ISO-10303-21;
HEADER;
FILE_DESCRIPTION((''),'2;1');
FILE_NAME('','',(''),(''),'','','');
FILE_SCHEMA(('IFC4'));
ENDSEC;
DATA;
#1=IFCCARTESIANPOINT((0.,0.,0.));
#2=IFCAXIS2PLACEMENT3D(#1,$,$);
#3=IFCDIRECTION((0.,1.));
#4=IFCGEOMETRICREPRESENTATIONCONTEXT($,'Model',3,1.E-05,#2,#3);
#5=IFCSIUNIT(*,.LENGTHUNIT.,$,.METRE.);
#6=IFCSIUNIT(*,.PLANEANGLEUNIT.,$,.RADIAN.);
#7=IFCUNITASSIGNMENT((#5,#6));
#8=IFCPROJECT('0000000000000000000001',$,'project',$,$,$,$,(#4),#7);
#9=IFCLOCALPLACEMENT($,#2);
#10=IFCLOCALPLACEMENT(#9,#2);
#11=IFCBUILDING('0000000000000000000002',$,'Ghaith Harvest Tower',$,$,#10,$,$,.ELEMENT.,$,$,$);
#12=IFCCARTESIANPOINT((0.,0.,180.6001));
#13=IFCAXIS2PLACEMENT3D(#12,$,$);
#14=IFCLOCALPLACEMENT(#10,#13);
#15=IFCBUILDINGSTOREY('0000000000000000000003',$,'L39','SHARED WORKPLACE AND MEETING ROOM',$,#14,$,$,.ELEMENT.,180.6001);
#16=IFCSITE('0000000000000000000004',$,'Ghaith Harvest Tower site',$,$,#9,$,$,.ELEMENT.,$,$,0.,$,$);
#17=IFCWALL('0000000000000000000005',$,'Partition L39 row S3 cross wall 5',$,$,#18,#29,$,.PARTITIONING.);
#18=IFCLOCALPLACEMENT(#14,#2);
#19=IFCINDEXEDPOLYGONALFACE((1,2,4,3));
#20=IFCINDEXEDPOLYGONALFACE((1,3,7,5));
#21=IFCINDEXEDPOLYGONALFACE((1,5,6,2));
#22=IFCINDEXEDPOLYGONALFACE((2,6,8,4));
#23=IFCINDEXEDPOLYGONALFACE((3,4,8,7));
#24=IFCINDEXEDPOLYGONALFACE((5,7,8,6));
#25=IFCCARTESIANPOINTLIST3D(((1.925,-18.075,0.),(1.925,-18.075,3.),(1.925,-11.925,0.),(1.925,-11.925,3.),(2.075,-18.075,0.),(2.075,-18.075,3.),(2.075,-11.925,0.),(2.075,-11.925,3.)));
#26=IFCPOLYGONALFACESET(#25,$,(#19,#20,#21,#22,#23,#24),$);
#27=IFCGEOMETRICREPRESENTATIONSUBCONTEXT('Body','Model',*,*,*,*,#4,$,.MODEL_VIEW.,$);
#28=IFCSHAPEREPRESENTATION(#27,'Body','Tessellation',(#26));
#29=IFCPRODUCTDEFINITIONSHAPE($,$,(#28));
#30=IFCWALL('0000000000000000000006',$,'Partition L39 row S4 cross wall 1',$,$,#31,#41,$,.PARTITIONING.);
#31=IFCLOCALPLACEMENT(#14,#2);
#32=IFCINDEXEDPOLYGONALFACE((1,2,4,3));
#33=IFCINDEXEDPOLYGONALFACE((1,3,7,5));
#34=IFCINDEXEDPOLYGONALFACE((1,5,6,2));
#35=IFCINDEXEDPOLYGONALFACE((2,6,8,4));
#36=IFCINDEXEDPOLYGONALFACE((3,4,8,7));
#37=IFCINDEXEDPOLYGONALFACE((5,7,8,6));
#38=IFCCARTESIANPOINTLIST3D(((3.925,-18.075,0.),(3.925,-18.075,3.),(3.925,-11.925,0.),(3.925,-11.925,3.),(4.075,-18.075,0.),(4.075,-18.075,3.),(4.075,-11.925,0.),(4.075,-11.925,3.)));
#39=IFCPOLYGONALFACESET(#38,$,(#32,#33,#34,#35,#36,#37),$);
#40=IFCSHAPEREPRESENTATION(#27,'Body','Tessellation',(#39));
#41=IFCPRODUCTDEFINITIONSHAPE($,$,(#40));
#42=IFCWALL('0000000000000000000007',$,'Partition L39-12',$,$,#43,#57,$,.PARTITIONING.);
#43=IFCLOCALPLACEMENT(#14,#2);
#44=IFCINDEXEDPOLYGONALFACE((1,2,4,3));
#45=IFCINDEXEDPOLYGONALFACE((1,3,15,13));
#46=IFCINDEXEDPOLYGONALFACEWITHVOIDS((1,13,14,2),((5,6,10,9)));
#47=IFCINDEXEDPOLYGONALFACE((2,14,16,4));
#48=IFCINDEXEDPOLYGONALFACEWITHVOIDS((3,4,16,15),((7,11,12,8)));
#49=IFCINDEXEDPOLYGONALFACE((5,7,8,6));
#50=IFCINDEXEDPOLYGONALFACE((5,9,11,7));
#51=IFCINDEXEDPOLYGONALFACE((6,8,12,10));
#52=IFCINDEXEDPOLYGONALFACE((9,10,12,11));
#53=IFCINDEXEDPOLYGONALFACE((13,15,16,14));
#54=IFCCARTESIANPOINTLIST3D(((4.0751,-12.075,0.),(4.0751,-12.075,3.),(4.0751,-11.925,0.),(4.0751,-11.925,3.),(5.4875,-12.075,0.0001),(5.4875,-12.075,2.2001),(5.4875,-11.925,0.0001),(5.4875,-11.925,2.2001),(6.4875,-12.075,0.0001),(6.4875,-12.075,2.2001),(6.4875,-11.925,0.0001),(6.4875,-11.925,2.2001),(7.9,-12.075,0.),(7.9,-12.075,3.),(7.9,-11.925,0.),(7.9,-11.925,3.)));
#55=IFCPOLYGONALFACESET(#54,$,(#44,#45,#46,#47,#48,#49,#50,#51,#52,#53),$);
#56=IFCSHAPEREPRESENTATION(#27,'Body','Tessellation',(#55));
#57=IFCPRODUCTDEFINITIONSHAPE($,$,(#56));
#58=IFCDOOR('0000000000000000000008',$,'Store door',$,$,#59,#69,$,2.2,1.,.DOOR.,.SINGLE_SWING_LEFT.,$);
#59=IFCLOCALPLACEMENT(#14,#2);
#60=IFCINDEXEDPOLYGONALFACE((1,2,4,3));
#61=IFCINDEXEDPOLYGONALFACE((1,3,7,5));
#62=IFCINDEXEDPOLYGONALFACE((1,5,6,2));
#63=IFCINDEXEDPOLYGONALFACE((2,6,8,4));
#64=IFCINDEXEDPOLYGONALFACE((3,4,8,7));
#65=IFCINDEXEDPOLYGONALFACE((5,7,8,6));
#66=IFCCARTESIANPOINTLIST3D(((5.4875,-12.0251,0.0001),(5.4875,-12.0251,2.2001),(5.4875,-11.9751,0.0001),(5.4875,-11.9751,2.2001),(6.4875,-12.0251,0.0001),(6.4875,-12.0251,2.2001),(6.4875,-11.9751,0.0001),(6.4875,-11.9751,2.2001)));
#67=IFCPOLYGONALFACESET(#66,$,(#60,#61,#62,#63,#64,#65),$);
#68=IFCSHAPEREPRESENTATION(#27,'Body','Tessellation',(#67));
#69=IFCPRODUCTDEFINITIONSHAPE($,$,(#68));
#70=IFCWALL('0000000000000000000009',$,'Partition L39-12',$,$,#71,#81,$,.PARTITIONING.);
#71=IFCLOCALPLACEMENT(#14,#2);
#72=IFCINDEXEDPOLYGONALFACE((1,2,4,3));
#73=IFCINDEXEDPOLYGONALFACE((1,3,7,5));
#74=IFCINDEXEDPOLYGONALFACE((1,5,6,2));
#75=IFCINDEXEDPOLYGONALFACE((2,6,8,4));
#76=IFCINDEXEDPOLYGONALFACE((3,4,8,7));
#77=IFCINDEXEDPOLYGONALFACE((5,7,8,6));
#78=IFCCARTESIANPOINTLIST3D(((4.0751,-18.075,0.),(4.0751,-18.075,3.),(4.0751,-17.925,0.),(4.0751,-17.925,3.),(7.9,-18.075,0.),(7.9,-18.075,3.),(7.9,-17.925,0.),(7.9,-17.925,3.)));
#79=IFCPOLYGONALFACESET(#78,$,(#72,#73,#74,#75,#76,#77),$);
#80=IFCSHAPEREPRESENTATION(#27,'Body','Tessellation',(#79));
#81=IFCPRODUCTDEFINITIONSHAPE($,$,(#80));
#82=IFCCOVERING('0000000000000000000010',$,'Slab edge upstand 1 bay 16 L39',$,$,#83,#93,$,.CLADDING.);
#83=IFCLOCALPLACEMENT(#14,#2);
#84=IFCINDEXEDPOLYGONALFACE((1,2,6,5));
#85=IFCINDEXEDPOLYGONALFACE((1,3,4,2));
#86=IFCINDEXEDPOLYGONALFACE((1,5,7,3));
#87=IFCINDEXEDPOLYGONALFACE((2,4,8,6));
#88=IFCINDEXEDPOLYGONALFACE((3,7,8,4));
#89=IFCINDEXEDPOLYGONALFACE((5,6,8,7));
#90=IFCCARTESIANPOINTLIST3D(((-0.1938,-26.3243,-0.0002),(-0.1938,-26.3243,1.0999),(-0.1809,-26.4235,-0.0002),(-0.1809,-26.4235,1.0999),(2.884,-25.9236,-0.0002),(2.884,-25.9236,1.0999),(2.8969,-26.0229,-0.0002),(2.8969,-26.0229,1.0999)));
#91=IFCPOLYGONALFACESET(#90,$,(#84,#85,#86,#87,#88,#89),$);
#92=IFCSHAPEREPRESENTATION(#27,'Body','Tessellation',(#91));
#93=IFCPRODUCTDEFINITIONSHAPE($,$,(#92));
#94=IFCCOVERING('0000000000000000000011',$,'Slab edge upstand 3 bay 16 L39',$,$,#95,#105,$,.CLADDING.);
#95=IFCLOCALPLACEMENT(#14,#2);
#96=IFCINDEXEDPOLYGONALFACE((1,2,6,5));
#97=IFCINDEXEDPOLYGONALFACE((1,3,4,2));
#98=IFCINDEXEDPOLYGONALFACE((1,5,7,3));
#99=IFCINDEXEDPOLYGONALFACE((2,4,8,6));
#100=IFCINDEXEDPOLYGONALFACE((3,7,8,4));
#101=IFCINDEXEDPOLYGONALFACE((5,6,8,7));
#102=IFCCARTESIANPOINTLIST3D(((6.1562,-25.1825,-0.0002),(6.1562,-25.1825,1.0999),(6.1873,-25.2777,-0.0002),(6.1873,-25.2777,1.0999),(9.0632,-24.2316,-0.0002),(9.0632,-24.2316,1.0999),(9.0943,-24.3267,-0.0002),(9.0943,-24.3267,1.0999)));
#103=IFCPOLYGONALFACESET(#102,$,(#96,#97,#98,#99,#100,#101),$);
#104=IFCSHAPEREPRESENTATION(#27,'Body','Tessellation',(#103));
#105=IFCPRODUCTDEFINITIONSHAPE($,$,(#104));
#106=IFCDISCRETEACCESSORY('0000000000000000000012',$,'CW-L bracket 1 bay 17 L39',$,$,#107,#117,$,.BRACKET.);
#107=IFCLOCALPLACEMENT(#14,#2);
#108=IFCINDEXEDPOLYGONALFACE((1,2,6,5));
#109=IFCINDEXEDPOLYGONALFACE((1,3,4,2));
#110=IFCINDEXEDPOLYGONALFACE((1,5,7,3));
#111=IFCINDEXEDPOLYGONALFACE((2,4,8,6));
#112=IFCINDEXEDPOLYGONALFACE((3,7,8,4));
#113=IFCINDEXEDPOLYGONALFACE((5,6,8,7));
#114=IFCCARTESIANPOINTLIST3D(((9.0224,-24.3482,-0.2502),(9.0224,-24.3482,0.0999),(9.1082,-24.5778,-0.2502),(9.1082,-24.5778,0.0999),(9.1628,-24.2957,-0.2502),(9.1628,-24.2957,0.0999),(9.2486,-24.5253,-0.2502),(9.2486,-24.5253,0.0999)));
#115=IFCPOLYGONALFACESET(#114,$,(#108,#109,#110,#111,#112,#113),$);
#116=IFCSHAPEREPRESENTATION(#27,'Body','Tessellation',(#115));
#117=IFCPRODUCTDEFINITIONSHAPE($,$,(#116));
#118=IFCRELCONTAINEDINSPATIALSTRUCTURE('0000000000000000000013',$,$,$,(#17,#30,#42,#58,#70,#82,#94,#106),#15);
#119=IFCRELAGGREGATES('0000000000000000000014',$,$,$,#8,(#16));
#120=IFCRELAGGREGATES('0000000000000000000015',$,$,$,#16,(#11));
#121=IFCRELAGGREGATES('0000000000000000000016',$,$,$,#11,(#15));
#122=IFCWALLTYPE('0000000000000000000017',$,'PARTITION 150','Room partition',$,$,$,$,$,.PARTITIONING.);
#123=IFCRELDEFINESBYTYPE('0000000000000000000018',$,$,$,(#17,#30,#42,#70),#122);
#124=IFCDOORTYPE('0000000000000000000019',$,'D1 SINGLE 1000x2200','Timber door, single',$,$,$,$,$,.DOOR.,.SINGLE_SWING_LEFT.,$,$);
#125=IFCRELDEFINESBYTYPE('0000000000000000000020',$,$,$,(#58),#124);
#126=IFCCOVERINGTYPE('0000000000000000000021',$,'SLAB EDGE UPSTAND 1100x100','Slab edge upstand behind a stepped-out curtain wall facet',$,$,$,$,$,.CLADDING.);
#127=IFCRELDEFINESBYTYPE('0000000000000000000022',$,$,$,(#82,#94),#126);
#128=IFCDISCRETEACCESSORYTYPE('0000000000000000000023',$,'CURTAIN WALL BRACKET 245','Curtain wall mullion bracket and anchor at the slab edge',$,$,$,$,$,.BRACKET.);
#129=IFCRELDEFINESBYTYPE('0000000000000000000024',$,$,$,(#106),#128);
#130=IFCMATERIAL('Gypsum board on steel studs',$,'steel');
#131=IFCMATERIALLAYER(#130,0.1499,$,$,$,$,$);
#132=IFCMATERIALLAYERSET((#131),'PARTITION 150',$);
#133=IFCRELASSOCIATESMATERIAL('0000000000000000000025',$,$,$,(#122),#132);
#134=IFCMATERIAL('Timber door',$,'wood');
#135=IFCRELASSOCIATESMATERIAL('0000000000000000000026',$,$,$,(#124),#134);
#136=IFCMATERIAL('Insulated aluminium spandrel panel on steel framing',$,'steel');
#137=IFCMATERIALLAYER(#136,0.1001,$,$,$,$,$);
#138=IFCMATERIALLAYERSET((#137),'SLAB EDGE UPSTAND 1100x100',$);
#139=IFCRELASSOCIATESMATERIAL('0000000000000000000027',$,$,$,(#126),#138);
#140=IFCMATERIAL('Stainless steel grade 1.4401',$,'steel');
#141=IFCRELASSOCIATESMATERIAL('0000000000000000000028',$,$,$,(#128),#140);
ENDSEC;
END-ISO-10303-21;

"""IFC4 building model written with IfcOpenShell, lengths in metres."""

from ifc_helpers import new_model, si_unit, direction, frame, frame_2d, origin, origin_2d, place, context, subcontext, project, spatial, rectangle, extrude, material, layer, layer_set, type_object, element, fill, save


model = new_model("IFC4")

# Units and contexts
model_context = context("Model", 3, precision=1e-05, world=origin(), true_north=direction((0.0, 1.0)))
body_context = subcontext(model_context, "Body", "Model", "MODEL_VIEW")
ifc_project = project(units=[si_unit("LENGTHUNIT", "METRE"), si_unit("PLANEANGLEUNIT", "RADIAN")], contexts=[model_context])

# Site, building, storey
site_placement = place(None, origin())
site = spatial("IfcSite", under=ifc_project, at=site_placement, Name="Ghaith Harvest Tower site", CompositionType="ELEMENT", RefElevation=0.0)
building_placement = place(site_placement, origin())
building = spatial("IfcBuilding", under=site, at=building_placement, Name="Ghaith Harvest Tower", CompositionType="ELEMENT")
storey_placement = place(building_placement, frame((0.0, 0.0, 180.6001)))
storey = spatial("IfcBuildingStorey", under=building, at=storey_placement, Name="L39", Description="SHARED WORKPLACE AND MEETING ROOM", CompositionType="ELEMENT", Elevation=180.6001)

# Walls
ifc_material_1 = material(Name="Gypsum board on steel studs", Category="steel")
ifc_layer_1 = layer(ifc_material_1, 0.1499)
ifc_layer_set_1 = layer_set([ifc_layer_1], Name="PARTITION 150")
wall_type_1 = type_object("IfcWallType", Name="PARTITION 150", Description="Room partition", PredefinedType="PARTITIONING", material=ifc_layer_set_1)
for number, where, z_axis, x_axis, name in (
    (1, (2.0, -11.925, 0.0), (0.0, 0.0, 1.0), (0.0, -1.0, 0.0), "Partition L39 row S3 cross wall 5"),
    (2, (4.0, -11.925, 0.0), (0.0, 0.0, 1.0), (0.0, -1.0, 0.0), "Partition L39 row S4 cross wall 1"),
):
    element("IfcWall", number, at=place(storey_placement, frame(where, z_axis=z_axis, x_axis=x_axis)), inside=storey, type_object=wall_type_1, Name=name, PredefinedType="PARTITIONING", context=body_context, shape_type="SweptSolid", body=[
        extrude(rectangle(XDim=6.1499, YDim=0.1499, at=frame_2d((3.075, 0.0))), origin(), (0.0, 0.0, 1.0), 3.0),
    ])

# Wall, opening, door
wall_1_placement = place(storey_placement, frame((4.075, -12.0, 0.0), z_axis=(0.0, 0.0, 1.0), x_axis=(1.0, 0.0, 0.0)))
wall_1 = element("IfcWall", 3, at=wall_1_placement, inside=storey, type_object=wall_type_1, Name="Partition L39-12", PredefinedType="PARTITIONING", context=body_context, shape_type="SweptSolid", body=[
    extrude(rectangle(XDim=3.825, YDim=0.1499, at=frame_2d((1.9126, 0.0))), origin(), (0.0, 0.0, 1.0), 3.0),
])
opening_1_placement = place(wall_1_placement, frame((1.4126, 0.0, 0.0)))
opening_1 = element("IfcOpeningElement", 4, at=opening_1_placement, cuts=wall_1, PredefinedType="OPENING", context=body_context, shape_type="SweptSolid", body=[
    extrude(rectangle(XDim=1.0, YDim=2.2, at=frame_2d((0.5, 1.1001))), frame((0.0, 0.085, 0.0), z_axis=(0.0, -1.0, 0.0), x_axis=(1.0, 0.0, 0.0)), (0.0, 0.0, 1.0), 0.1699),
])
ifc_material_2 = material(Name="Timber door", Category="wood")
door_type_1 = type_object("IfcDoorType", Name="D1 SINGLE 1000x2200", Description="Timber door, single", OperationType="SINGLE_SWING_LEFT", PredefinedType="DOOR", material=ifc_material_2)
door_1_placement = place(opening_1_placement, origin())
door_1 = element("IfcDoor", 5, at=door_1_placement, inside=storey, type_object=door_type_1, Name="Store door", OperationType="SINGLE_SWING_LEFT", OverallHeight=2.2, OverallWidth=1.0, PredefinedType="DOOR", context=body_context, shape_type="SweptSolid", body=[
    extrude(rectangle(XDim=1.0, YDim=2.2, at=frame_2d((0.5, 1.1001))), frame((0.0, 0.0249, 0.0), z_axis=(0.0, -1.0, 0.0), x_axis=(1.0, 0.0, 0.0)), (0.0, 0.0, 1.0), 0.05),
])
fill(opening_1, door_1)

# Wall
wall_2_placement = place(storey_placement, frame((4.075, -18.0, 0.0), z_axis=(0.0, 0.0, 1.0), x_axis=(1.0, 0.0, 0.0)))
element("IfcWall", 6, at=wall_2_placement, inside=storey, type_object=wall_type_1, Name="Partition L39-12", PredefinedType="PARTITIONING", context=body_context, shape_type="SweptSolid", body=[
    extrude(rectangle(XDim=3.825, YDim=0.1499, at=frame_2d((1.9126, 0.0))), origin(), (0.0, 0.0, 1.0), 3.0),
])

# Coverings
ifc_material_3 = material(Name="Insulated aluminium spandrel panel on steel framing", Category="steel")
ifc_layer_2 = layer(ifc_material_3, 0.1001)
ifc_layer_set_2 = layer_set([ifc_layer_2], Name="SLAB EDGE UPSTAND 1100x100")
covering_type = type_object("IfcCoveringType", Name="SLAB EDGE UPSTAND 1100x100", Description="Slab edge upstand behind a stepped-out curtain wall facet", PredefinedType="CLADDING", material=ifc_layer_set_2)
covering_1_placement = place(storey_placement, frame((1.3516, -26.1736, -0.0002), z_axis=(0.0, 0.0, 1.0), x_axis=(0.991634, 0.129084, 0.0)))
element("IfcCovering", 7, at=covering_1_placement, inside=storey, type_object=covering_type, Name="Slab edge upstand 1 bay 16 L39", PredefinedType="CLADDING", context=body_context, shape_type="SweptSolid", body=[
    extrude(rectangle(XDim=3.1038, YDim=0.1001, at=origin_2d()), origin(), (0.0, 0.0, 1.0), 1.1001),
])
covering_2_placement = place(storey_placement, frame((7.6252, -24.7546, -0.0002), z_axis=(0.0, 0.0, 1.0), x_axis=(0.950441, 0.310904, 0.0)))
element("IfcCovering", 8, at=covering_2_placement, inside=storey, type_object=covering_type, Name="Slab edge upstand 3 bay 16 L39", PredefinedType="CLADDING", context=body_context, shape_type="SweptSolid", body=[
    extrude(rectangle(XDim=3.0586, YDim=0.1001, at=origin_2d()), origin(), (0.0, 0.0, 1.0), 1.1001),
])

# Discrete accessory
ifc_material_4 = material(Name="Stainless steel grade 1.4401", Category="steel")
discrete_accessory_type = type_object("IfcDiscreteAccessoryType", Name="CURTAIN WALL BRACKET 245", Description="Curtain wall mullion bracket and anchor at the slab edge", PredefinedType="BRACKET", material=ifc_material_4)
discrete_accessory_placement = place(storey_placement, frame((9.1355, -24.4368, -0.2502), z_axis=(0.0, 0.0, 1.0), x_axis=(0.350168, -0.936687, 0.0)))
element("IfcDiscreteAccessory", 9, at=discrete_accessory_placement, inside=storey, type_object=discrete_accessory_type, Name="CW-L bracket 1 bay 17 L39", PredefinedType="BRACKET", context=body_context, shape_type="SweptSolid", body=[
    extrude(rectangle(XDim=0.2451, YDim=0.1499, at=origin_2d()), origin(), (0.0, 0.0, 1.0), 0.3501),
])

save(model, "model.ifc")
